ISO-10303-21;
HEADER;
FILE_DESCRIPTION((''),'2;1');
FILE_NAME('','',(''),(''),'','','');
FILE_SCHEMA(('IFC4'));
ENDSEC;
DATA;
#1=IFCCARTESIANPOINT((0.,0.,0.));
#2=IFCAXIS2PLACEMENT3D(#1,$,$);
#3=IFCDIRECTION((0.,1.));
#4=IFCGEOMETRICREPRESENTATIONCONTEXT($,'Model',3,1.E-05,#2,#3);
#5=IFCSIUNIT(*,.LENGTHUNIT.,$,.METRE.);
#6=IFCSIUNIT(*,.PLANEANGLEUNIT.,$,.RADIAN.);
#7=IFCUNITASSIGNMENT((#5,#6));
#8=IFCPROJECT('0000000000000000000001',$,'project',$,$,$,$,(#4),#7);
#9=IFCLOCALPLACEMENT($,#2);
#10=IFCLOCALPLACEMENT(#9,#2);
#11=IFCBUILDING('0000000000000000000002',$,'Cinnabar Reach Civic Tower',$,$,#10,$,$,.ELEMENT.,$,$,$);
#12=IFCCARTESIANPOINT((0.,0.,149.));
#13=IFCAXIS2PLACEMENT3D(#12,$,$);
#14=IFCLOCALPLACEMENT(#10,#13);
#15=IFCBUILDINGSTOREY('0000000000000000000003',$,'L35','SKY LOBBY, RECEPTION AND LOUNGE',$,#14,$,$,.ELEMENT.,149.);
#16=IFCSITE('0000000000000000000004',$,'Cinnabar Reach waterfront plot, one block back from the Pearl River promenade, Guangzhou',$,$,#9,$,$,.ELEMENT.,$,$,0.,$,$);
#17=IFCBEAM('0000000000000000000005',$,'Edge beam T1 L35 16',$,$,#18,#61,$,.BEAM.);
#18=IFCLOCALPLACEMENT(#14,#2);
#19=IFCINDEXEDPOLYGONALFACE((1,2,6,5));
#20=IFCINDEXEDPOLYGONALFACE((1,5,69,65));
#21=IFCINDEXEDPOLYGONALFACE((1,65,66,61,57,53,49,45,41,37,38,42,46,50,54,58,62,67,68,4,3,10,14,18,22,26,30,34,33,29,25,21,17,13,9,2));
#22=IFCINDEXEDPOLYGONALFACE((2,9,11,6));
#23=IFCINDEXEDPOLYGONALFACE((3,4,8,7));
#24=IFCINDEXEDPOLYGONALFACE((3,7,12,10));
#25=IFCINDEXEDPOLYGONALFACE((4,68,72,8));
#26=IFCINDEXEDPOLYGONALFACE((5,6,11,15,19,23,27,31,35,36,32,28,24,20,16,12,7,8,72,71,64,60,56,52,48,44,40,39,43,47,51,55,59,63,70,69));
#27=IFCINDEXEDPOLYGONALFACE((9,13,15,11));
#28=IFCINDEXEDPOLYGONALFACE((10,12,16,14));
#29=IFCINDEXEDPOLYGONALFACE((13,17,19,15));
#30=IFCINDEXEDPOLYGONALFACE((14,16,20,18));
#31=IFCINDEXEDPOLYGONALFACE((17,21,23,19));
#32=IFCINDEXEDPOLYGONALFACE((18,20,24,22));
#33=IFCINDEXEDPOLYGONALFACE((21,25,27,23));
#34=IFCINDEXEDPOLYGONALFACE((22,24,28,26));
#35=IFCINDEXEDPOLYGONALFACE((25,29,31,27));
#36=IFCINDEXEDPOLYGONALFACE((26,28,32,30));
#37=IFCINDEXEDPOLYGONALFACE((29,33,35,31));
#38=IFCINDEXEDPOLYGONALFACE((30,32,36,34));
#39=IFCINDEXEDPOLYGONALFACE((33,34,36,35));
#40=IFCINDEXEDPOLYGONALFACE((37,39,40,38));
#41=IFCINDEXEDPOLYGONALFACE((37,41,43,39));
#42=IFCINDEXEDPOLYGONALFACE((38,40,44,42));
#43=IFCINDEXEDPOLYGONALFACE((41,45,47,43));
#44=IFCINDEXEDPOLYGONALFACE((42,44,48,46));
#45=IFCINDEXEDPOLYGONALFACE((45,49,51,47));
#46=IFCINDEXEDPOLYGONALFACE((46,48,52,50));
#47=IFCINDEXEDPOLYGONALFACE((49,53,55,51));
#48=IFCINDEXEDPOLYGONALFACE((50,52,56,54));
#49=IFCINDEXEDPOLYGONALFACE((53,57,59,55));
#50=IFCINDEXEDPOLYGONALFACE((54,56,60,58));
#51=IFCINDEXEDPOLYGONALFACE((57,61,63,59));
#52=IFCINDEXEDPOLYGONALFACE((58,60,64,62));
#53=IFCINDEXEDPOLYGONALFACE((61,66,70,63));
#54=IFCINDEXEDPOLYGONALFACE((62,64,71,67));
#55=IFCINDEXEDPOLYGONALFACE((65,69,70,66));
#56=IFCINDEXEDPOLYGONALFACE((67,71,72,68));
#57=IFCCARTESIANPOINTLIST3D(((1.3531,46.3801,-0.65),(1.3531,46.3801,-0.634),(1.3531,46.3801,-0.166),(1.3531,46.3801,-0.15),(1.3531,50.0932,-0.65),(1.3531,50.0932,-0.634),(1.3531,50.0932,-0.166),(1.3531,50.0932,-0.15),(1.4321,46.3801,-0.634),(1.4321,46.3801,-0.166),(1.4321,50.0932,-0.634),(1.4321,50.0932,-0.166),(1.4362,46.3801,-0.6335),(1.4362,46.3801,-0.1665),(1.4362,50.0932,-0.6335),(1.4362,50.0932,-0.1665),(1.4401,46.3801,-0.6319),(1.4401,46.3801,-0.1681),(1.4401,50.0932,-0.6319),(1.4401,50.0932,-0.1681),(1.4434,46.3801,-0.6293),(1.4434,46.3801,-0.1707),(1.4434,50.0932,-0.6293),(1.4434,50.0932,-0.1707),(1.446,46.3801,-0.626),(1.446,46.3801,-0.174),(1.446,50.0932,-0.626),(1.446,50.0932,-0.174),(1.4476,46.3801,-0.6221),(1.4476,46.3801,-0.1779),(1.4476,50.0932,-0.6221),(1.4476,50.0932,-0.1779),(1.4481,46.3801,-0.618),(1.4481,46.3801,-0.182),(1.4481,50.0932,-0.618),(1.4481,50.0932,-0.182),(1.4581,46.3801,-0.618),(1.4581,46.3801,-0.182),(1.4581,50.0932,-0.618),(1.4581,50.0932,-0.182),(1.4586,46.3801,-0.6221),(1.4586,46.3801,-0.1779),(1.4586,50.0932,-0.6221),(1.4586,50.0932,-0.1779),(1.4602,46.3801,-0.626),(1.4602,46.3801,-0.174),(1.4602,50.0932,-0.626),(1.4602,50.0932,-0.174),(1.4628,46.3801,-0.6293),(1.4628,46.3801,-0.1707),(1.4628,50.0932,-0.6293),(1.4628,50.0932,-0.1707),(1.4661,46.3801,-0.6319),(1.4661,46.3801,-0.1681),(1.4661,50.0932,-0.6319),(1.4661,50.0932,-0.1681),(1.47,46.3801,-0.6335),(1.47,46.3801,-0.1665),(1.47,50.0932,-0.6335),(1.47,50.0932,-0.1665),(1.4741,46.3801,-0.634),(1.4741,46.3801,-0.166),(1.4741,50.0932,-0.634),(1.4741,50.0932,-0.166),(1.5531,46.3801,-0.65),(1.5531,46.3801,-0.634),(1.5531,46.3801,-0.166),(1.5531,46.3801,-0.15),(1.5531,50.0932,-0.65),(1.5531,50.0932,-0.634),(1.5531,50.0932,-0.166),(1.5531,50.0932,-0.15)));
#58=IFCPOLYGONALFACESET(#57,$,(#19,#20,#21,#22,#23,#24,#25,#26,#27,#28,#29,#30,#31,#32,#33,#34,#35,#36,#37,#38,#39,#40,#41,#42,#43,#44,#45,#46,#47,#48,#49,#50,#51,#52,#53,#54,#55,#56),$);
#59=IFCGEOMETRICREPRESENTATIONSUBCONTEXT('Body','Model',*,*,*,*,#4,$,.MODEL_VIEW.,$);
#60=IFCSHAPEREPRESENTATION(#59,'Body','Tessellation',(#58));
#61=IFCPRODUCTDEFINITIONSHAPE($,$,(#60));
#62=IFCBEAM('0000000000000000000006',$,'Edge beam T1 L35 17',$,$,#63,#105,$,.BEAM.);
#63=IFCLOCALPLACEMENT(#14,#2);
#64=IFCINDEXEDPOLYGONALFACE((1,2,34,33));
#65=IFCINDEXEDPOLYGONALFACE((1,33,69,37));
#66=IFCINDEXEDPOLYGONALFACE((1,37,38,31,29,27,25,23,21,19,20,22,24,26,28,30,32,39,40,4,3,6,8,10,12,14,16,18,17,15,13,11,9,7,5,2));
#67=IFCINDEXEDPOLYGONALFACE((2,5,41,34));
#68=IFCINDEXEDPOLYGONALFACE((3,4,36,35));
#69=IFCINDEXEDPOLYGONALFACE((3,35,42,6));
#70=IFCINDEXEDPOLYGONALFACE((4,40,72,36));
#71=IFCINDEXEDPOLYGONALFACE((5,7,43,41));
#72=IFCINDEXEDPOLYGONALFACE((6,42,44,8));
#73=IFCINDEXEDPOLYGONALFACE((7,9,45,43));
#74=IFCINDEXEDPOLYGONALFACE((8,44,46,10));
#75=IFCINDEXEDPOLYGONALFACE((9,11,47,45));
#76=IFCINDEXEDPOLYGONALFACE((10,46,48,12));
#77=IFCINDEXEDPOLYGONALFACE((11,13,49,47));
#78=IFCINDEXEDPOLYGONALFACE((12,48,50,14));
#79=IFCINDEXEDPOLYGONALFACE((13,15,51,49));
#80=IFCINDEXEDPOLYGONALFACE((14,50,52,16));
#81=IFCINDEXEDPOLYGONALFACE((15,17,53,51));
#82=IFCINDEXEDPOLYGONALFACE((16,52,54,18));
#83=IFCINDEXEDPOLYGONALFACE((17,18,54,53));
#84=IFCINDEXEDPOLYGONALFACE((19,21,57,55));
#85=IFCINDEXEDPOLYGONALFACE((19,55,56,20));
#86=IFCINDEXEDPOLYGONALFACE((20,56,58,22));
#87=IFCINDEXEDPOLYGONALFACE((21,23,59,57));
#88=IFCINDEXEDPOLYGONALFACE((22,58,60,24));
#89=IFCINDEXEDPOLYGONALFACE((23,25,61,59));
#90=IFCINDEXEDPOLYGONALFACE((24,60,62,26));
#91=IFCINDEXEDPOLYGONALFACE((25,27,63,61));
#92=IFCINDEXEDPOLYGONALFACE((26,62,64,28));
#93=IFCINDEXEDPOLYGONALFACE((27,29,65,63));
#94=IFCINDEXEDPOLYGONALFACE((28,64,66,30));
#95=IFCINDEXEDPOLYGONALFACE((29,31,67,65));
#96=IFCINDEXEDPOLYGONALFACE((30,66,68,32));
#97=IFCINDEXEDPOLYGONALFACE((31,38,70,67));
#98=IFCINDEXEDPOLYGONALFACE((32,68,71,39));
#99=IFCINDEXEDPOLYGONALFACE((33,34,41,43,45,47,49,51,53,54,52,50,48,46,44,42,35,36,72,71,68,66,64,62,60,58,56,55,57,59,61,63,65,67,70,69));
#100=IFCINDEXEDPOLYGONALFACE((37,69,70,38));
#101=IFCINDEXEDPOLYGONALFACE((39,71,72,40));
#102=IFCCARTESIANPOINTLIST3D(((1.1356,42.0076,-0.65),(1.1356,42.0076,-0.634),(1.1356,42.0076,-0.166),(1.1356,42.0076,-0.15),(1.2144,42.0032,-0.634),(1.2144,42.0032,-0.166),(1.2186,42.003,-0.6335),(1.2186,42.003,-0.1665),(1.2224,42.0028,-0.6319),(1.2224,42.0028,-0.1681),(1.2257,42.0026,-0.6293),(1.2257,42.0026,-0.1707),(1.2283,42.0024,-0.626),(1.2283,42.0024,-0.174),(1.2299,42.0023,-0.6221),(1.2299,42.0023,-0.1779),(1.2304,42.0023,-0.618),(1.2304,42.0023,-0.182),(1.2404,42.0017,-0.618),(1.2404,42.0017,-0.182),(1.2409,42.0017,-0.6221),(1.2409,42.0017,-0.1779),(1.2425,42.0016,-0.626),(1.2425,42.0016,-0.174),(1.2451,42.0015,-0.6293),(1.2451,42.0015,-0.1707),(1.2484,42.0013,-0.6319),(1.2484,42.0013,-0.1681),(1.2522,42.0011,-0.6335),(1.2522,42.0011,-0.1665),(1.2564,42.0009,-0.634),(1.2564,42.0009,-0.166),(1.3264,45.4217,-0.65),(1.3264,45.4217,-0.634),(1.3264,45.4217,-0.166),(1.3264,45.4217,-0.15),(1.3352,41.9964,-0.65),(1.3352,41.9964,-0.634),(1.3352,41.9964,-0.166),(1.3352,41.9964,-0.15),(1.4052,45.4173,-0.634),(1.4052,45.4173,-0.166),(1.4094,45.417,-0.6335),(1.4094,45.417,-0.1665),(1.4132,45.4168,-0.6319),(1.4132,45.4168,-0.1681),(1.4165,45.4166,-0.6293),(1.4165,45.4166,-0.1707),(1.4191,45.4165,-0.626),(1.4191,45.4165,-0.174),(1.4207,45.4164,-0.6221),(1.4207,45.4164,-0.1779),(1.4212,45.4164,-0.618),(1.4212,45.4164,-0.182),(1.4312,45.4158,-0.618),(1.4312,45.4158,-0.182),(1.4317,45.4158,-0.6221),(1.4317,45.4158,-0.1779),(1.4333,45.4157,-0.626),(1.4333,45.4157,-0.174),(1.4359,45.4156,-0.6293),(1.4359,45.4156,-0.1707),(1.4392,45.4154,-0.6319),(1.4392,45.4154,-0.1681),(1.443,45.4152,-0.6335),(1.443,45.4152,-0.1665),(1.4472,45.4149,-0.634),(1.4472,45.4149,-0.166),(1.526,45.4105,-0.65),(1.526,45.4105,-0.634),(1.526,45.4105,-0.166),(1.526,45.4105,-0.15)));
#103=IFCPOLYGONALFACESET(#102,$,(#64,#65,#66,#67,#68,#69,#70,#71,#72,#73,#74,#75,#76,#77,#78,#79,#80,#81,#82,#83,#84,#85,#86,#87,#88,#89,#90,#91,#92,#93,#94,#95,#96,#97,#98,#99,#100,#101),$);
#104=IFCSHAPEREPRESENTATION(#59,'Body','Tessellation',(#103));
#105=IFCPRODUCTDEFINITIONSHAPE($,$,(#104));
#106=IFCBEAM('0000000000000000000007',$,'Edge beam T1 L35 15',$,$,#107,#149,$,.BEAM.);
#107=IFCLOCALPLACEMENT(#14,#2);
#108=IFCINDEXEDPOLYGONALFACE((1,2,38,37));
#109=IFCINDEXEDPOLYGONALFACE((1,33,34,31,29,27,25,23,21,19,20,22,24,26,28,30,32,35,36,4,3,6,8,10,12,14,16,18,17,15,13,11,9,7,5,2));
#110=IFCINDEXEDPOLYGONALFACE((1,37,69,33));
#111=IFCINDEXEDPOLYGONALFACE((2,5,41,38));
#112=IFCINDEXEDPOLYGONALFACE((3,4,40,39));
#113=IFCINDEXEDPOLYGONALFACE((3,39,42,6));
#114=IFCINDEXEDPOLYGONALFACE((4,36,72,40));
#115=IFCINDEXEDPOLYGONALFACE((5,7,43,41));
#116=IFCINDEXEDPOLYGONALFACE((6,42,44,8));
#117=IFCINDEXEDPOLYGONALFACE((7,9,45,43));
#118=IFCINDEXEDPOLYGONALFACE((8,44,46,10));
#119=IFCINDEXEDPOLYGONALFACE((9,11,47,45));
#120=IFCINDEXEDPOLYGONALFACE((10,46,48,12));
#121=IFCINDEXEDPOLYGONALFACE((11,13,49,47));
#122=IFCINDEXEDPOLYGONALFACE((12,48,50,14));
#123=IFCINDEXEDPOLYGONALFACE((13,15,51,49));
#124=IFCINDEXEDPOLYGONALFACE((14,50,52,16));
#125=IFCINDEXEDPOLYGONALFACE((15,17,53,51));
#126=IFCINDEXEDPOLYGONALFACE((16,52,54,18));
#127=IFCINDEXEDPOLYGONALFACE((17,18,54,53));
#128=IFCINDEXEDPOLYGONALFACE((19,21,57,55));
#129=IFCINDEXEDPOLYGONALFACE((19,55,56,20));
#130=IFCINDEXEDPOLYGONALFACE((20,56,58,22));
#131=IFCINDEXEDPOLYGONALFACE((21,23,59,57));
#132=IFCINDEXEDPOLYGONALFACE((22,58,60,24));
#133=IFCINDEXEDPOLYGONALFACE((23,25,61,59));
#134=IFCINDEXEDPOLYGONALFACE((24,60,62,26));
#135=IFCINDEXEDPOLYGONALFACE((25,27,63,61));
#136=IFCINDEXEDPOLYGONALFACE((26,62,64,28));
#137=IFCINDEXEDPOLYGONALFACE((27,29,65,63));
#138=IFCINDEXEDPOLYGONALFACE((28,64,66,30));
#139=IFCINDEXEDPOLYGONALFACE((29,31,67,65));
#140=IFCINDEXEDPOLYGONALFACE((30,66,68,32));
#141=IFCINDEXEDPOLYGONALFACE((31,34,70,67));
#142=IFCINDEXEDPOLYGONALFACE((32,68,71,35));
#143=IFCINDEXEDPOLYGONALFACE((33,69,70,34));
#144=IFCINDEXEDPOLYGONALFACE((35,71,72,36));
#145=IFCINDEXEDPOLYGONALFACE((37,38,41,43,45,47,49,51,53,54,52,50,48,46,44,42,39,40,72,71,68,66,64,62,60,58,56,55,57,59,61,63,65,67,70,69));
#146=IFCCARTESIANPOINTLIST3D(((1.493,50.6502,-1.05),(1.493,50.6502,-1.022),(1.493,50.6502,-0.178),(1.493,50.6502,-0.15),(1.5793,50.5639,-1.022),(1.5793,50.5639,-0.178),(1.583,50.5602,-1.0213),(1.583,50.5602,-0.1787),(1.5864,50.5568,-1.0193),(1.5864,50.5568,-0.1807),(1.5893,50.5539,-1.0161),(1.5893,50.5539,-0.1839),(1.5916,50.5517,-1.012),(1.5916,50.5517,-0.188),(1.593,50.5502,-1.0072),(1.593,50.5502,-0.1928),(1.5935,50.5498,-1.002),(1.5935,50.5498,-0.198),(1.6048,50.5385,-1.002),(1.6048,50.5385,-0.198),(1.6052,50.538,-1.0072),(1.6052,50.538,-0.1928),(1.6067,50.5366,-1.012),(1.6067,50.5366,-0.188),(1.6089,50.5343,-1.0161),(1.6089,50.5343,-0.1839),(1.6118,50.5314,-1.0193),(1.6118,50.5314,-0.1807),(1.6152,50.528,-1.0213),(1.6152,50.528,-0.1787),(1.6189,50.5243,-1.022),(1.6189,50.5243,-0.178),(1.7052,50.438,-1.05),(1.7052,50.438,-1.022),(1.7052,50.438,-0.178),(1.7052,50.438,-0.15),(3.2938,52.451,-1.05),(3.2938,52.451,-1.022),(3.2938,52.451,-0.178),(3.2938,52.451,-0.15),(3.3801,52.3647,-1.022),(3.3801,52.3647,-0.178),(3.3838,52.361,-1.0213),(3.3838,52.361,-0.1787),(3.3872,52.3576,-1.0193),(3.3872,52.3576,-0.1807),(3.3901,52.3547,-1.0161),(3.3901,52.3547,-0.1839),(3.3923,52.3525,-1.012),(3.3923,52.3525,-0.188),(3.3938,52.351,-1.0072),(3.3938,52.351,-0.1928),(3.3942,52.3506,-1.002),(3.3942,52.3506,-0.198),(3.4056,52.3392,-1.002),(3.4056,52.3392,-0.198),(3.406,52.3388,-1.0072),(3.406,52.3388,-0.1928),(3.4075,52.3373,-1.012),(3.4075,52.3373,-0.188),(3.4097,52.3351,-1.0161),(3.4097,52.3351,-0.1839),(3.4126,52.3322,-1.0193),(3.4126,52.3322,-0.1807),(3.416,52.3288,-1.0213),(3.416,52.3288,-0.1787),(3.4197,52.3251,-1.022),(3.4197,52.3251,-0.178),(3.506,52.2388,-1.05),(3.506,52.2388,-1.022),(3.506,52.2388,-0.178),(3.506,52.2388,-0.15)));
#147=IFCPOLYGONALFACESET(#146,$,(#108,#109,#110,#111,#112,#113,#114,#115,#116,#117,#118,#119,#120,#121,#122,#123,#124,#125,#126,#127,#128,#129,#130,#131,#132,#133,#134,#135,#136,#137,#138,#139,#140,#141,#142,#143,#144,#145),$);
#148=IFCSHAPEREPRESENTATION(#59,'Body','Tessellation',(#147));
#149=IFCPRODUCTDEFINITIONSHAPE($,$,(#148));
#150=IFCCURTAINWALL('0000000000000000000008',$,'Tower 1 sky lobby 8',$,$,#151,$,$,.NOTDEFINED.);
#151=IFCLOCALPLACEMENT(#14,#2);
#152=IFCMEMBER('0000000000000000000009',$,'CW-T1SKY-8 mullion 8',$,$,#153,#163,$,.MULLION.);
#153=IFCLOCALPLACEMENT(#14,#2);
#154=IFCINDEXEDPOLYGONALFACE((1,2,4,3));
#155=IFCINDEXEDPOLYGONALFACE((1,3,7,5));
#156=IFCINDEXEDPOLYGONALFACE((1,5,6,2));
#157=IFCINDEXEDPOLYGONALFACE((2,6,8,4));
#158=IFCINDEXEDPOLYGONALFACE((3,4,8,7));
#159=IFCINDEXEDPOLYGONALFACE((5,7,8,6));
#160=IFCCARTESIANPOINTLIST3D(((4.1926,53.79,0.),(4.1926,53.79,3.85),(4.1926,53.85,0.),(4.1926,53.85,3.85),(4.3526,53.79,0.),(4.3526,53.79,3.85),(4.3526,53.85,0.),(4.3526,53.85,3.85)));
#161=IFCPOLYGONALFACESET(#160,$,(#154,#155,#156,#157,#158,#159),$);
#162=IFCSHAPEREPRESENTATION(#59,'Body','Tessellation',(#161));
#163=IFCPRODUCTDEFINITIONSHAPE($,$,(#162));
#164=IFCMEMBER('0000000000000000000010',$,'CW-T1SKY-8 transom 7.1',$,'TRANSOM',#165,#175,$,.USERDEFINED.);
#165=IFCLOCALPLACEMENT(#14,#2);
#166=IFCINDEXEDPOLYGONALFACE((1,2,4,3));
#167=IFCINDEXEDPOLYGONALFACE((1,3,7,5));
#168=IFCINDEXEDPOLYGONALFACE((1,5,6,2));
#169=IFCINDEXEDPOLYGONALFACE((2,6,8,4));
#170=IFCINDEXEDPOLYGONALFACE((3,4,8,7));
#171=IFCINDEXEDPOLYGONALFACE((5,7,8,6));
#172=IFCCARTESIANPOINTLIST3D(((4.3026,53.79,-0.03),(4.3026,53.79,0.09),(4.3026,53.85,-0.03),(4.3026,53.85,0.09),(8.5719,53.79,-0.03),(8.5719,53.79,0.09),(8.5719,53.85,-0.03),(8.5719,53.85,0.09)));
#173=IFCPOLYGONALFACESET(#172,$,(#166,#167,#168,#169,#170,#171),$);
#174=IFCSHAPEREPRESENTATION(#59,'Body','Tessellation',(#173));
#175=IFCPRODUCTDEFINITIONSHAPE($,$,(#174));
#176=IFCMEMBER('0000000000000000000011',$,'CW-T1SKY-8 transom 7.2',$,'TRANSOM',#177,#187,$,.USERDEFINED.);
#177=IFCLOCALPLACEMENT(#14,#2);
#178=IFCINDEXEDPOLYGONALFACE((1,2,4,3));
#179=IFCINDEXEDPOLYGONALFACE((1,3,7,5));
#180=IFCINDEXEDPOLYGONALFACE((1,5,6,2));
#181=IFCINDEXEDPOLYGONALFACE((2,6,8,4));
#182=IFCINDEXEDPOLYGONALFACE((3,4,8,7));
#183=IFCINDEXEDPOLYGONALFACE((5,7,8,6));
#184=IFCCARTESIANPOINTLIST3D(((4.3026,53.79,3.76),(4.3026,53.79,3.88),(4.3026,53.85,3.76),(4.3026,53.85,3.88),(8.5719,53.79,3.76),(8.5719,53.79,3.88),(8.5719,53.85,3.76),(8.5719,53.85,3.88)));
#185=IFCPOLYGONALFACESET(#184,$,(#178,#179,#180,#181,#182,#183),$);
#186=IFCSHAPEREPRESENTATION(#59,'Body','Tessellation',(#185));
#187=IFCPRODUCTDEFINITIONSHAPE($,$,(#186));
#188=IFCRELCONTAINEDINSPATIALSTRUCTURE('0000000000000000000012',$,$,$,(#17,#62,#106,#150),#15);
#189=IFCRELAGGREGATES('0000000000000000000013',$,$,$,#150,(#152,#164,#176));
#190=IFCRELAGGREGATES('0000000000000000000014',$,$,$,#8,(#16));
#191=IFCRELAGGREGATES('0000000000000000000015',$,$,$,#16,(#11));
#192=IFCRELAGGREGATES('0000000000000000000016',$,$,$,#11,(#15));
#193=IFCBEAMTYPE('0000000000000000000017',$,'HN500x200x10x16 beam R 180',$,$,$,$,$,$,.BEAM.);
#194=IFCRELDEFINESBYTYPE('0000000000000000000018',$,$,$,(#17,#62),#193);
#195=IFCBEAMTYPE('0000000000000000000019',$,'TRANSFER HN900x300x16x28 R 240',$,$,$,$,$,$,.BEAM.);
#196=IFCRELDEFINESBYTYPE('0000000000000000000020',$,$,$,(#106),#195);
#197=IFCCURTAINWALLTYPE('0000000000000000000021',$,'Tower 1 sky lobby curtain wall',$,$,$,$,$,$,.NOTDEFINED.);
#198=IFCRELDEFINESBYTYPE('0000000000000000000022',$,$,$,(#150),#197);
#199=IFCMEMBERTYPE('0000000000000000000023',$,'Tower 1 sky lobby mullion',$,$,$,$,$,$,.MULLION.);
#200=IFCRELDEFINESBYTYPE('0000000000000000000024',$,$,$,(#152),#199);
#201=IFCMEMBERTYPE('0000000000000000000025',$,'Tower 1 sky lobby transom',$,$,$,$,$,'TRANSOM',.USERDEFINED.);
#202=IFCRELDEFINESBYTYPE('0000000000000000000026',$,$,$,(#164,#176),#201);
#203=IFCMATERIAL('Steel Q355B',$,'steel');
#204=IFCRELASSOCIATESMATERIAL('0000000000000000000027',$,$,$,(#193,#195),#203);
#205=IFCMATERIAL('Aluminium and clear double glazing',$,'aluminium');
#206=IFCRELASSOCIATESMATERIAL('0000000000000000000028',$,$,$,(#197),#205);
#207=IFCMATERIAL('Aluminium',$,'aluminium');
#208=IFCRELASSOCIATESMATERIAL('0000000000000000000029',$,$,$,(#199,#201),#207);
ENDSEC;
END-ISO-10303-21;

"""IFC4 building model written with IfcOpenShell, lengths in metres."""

from ifc_helpers import new_model, si_unit, direction, frame, origin, origin_2d, place, context, subcontext, project, spatial, rectangle, i_section, extrude, material, material_profile, profile_set, type_object, element, aggregate, save


model = new_model("IFC4")

# Units and contexts
model_context = context("Model", 3, precision=1e-05, world=origin(), true_north=direction((0.0, 1.0)))
body_context = subcontext(model_context, "Body", "Model", "MODEL_VIEW")
ifc_project = project(units=[si_unit("LENGTHUNIT", "METRE"), si_unit("PLANEANGLEUNIT", "RADIAN")], contexts=[model_context])

# Site, building, storey
site_placement = place(None, origin())
site = spatial("IfcSite", under=ifc_project, at=site_placement, Name="Cinnabar Reach waterfront plot, one block back from the Pearl River promenade, Guangzhou", CompositionType="ELEMENT", RefElevation=0.0)
building_placement = place(site_placement, origin())
building = spatial("IfcBuilding", under=site, at=building_placement, Name="Cinnabar Reach Civic Tower", CompositionType="ELEMENT")
storey_placement = place(building_placement, frame((0.0, 0.0, 149.0)))
storey = spatial("IfcBuildingStorey", under=building, at=storey_placement, Name="L35", Description="SKY LOBBY, RECEPTION AND LOUNGE", CompositionType="ELEMENT", Elevation=149.0)

# Beams
ifc_material_1 = material(Name="Steel Q355B", Category="steel")
ifc_material_profile_1 = material_profile(ifc_material_1, i_section(OverallWidth=0.2, OverallDepth=0.5, WebThickness=0.01, FlangeThickness=0.016, FilletRadius=0.016, at=origin_2d()), Name="HN500x200x10x16")
ifc_profile_set_1 = profile_set([ifc_material_profile_1], Name="Steel Q355B")
beam_type_1 = type_object("IfcBeamType", Name="HN500x200x10x16 beam R 180", PredefinedType="BEAM", material=ifc_profile_set_1)
beam_1_placement = place(storey_placement, frame((1.4531, 50.0932, -0.4), z_axis=(0.0, -1.0, 0.0), x_axis=(1.0, 0.0, 0.0)))
element("IfcBeam", 1, at=beam_1_placement, inside=storey, type_object=beam_type_1, Name="Edge beam T1 L35 16", PredefinedType="BEAM", context=body_context, shape_type="SweptSolid", body=[
    extrude(i_section(OverallWidth=0.2, OverallDepth=0.5, WebThickness=0.01, FlangeThickness=0.016, FilletRadius=0.016, at=origin_2d()), origin(), (0.0, 0.0, 1.0), 3.7131),
])
beam_2_placement = place(storey_placement, frame((1.4262, 45.4161, -0.4), z_axis=(-0.055799, -0.998442, 0.0), x_axis=(0.998442, -0.055799, 0.0)))
element("IfcBeam", 2, at=beam_2_placement, inside=storey, type_object=beam_type_1, Name="Edge beam T1 L35 17", PredefinedType="BEAM", context=body_context, shape_type="SweptSolid", body=[
    extrude(i_section(OverallWidth=0.2, OverallDepth=0.5, WebThickness=0.01, FlangeThickness=0.016, FilletRadius=0.016, at=origin_2d()), origin(), (0.0, 0.0, 1.0), 3.4194),
])
ifc_material_profile_2 = material_profile(ifc_material_1, i_section(OverallWidth=0.3, OverallDepth=0.9, WebThickness=0.016, FlangeThickness=0.028, FilletRadius=0.02, at=origin_2d()), Name="HN900x300x16x28")
ifc_profile_set_2 = profile_set([ifc_material_profile_2], Name="Steel Q355B")
beam_type_2 = type_object("IfcBeamType", Name="TRANSFER HN900x300x16x28 R 240", PredefinedType="BEAM", material=ifc_profile_set_2)
beam_3_placement = place(storey_placement, frame((3.3999, 52.3449, -0.6), z_axis=(-0.707107, -0.707107, 0.0), x_axis=(0.707107, -0.707107, 0.0)))
element("IfcBeam", 3, at=beam_3_placement, inside=storey, type_object=beam_type_2, Name="Edge beam T1 L35 15", PredefinedType="BEAM", context=body_context, shape_type="SweptSolid", body=[
    extrude(i_section(OverallWidth=0.3, OverallDepth=0.9, WebThickness=0.016, FlangeThickness=0.028, FilletRadius=0.02, at=origin_2d()), origin(), (0.0, 0.0, 1.0), 2.5467),
])

# Curtain wall, members
ifc_material_2 = material(Name="Aluminium and clear double glazing", Category="aluminium")
curtain_wall_type = type_object("IfcCurtainWallType", Name="Tower 1 sky lobby curtain wall", PredefinedType="NOTDEFINED", material=ifc_material_2)
curtain_wall_placement = place(storey_placement, origin())
curtain_wall = element("IfcCurtainWall", 4, at=curtain_wall_placement, inside=storey, type_object=curtain_wall_type, Name="Tower 1 sky lobby 8", PredefinedType="NOTDEFINED")
ifc_material_3 = material(Name="Aluminium", Category="aluminium")
ifc_material_profile_3 = material_profile(ifc_material_3, rectangle(XDim=0.06, YDim=0.16, at=origin_2d()), Name="Tower 1 sky lobby mullion")
ifc_profile_set_3 = profile_set([ifc_material_profile_3], Name="Aluminium")
member_type_1 = type_object("IfcMemberType", Name="Tower 1 sky lobby mullion", PredefinedType="MULLION", material=ifc_profile_set_3)
member_1_placement = place(storey_placement, frame((4.2726, 53.82, 0.0), z_axis=(0.0, 0.0, 1.0), x_axis=(0.0, -1.0, 0.0)))
member_1 = element("IfcMember", 5, at=member_1_placement, type_object=member_type_1, Name="CW-T1SKY-8 mullion 8", PredefinedType="MULLION", context=body_context, shape_type="SweptSolid", body=[
    extrude(rectangle(XDim=0.06, YDim=0.16, at=origin_2d()), origin(), (0.0, 0.0, 1.0), 3.85),
])
ifc_material_profile_4 = material_profile(ifc_material_3, rectangle(XDim=0.06, YDim=0.12, at=origin_2d()), Name="Tower 1 sky lobby transom")
ifc_profile_set_4 = profile_set([ifc_material_profile_4], Name="Aluminium")
member_type_2 = type_object("IfcMemberType", Name="Tower 1 sky lobby transom", ElementType="TRANSOM", PredefinedType="USERDEFINED", material=ifc_profile_set_4)
member_2_placement = place(storey_placement, frame((8.5719, 53.82, 0.03), z_axis=(-1.0, 0.0, 0.0), x_axis=(0.0, -1.0, 0.0)))
member_2 = element("IfcMember", 6, at=member_2_placement, type_object=member_type_2, Name="CW-T1SKY-8 transom 7.1", ObjectType="TRANSOM", PredefinedType="USERDEFINED", context=body_context, shape_type="SweptSolid", body=[
    extrude(rectangle(XDim=0.06, YDim=0.12, at=origin_2d()), origin(), (0.0, 0.0, 1.0), 4.2693),
])
member_3_placement = place(storey_placement, frame((8.5719, 53.82, 3.82), z_axis=(-1.0, 0.0, 0.0), x_axis=(0.0, -1.0, 0.0)))
member_3 = element("IfcMember", 7, at=member_3_placement, type_object=member_type_2, Name="CW-T1SKY-8 transom 7.2", ObjectType="TRANSOM", PredefinedType="USERDEFINED", context=body_context, shape_type="SweptSolid", body=[
    extrude(rectangle(XDim=0.06, YDim=0.12, at=origin_2d()), origin(), (0.0, 0.0, 1.0), 4.2693),
])
aggregate(curtain_wall, [member_1, member_2, member_3])

save(model, "model.ifc")
